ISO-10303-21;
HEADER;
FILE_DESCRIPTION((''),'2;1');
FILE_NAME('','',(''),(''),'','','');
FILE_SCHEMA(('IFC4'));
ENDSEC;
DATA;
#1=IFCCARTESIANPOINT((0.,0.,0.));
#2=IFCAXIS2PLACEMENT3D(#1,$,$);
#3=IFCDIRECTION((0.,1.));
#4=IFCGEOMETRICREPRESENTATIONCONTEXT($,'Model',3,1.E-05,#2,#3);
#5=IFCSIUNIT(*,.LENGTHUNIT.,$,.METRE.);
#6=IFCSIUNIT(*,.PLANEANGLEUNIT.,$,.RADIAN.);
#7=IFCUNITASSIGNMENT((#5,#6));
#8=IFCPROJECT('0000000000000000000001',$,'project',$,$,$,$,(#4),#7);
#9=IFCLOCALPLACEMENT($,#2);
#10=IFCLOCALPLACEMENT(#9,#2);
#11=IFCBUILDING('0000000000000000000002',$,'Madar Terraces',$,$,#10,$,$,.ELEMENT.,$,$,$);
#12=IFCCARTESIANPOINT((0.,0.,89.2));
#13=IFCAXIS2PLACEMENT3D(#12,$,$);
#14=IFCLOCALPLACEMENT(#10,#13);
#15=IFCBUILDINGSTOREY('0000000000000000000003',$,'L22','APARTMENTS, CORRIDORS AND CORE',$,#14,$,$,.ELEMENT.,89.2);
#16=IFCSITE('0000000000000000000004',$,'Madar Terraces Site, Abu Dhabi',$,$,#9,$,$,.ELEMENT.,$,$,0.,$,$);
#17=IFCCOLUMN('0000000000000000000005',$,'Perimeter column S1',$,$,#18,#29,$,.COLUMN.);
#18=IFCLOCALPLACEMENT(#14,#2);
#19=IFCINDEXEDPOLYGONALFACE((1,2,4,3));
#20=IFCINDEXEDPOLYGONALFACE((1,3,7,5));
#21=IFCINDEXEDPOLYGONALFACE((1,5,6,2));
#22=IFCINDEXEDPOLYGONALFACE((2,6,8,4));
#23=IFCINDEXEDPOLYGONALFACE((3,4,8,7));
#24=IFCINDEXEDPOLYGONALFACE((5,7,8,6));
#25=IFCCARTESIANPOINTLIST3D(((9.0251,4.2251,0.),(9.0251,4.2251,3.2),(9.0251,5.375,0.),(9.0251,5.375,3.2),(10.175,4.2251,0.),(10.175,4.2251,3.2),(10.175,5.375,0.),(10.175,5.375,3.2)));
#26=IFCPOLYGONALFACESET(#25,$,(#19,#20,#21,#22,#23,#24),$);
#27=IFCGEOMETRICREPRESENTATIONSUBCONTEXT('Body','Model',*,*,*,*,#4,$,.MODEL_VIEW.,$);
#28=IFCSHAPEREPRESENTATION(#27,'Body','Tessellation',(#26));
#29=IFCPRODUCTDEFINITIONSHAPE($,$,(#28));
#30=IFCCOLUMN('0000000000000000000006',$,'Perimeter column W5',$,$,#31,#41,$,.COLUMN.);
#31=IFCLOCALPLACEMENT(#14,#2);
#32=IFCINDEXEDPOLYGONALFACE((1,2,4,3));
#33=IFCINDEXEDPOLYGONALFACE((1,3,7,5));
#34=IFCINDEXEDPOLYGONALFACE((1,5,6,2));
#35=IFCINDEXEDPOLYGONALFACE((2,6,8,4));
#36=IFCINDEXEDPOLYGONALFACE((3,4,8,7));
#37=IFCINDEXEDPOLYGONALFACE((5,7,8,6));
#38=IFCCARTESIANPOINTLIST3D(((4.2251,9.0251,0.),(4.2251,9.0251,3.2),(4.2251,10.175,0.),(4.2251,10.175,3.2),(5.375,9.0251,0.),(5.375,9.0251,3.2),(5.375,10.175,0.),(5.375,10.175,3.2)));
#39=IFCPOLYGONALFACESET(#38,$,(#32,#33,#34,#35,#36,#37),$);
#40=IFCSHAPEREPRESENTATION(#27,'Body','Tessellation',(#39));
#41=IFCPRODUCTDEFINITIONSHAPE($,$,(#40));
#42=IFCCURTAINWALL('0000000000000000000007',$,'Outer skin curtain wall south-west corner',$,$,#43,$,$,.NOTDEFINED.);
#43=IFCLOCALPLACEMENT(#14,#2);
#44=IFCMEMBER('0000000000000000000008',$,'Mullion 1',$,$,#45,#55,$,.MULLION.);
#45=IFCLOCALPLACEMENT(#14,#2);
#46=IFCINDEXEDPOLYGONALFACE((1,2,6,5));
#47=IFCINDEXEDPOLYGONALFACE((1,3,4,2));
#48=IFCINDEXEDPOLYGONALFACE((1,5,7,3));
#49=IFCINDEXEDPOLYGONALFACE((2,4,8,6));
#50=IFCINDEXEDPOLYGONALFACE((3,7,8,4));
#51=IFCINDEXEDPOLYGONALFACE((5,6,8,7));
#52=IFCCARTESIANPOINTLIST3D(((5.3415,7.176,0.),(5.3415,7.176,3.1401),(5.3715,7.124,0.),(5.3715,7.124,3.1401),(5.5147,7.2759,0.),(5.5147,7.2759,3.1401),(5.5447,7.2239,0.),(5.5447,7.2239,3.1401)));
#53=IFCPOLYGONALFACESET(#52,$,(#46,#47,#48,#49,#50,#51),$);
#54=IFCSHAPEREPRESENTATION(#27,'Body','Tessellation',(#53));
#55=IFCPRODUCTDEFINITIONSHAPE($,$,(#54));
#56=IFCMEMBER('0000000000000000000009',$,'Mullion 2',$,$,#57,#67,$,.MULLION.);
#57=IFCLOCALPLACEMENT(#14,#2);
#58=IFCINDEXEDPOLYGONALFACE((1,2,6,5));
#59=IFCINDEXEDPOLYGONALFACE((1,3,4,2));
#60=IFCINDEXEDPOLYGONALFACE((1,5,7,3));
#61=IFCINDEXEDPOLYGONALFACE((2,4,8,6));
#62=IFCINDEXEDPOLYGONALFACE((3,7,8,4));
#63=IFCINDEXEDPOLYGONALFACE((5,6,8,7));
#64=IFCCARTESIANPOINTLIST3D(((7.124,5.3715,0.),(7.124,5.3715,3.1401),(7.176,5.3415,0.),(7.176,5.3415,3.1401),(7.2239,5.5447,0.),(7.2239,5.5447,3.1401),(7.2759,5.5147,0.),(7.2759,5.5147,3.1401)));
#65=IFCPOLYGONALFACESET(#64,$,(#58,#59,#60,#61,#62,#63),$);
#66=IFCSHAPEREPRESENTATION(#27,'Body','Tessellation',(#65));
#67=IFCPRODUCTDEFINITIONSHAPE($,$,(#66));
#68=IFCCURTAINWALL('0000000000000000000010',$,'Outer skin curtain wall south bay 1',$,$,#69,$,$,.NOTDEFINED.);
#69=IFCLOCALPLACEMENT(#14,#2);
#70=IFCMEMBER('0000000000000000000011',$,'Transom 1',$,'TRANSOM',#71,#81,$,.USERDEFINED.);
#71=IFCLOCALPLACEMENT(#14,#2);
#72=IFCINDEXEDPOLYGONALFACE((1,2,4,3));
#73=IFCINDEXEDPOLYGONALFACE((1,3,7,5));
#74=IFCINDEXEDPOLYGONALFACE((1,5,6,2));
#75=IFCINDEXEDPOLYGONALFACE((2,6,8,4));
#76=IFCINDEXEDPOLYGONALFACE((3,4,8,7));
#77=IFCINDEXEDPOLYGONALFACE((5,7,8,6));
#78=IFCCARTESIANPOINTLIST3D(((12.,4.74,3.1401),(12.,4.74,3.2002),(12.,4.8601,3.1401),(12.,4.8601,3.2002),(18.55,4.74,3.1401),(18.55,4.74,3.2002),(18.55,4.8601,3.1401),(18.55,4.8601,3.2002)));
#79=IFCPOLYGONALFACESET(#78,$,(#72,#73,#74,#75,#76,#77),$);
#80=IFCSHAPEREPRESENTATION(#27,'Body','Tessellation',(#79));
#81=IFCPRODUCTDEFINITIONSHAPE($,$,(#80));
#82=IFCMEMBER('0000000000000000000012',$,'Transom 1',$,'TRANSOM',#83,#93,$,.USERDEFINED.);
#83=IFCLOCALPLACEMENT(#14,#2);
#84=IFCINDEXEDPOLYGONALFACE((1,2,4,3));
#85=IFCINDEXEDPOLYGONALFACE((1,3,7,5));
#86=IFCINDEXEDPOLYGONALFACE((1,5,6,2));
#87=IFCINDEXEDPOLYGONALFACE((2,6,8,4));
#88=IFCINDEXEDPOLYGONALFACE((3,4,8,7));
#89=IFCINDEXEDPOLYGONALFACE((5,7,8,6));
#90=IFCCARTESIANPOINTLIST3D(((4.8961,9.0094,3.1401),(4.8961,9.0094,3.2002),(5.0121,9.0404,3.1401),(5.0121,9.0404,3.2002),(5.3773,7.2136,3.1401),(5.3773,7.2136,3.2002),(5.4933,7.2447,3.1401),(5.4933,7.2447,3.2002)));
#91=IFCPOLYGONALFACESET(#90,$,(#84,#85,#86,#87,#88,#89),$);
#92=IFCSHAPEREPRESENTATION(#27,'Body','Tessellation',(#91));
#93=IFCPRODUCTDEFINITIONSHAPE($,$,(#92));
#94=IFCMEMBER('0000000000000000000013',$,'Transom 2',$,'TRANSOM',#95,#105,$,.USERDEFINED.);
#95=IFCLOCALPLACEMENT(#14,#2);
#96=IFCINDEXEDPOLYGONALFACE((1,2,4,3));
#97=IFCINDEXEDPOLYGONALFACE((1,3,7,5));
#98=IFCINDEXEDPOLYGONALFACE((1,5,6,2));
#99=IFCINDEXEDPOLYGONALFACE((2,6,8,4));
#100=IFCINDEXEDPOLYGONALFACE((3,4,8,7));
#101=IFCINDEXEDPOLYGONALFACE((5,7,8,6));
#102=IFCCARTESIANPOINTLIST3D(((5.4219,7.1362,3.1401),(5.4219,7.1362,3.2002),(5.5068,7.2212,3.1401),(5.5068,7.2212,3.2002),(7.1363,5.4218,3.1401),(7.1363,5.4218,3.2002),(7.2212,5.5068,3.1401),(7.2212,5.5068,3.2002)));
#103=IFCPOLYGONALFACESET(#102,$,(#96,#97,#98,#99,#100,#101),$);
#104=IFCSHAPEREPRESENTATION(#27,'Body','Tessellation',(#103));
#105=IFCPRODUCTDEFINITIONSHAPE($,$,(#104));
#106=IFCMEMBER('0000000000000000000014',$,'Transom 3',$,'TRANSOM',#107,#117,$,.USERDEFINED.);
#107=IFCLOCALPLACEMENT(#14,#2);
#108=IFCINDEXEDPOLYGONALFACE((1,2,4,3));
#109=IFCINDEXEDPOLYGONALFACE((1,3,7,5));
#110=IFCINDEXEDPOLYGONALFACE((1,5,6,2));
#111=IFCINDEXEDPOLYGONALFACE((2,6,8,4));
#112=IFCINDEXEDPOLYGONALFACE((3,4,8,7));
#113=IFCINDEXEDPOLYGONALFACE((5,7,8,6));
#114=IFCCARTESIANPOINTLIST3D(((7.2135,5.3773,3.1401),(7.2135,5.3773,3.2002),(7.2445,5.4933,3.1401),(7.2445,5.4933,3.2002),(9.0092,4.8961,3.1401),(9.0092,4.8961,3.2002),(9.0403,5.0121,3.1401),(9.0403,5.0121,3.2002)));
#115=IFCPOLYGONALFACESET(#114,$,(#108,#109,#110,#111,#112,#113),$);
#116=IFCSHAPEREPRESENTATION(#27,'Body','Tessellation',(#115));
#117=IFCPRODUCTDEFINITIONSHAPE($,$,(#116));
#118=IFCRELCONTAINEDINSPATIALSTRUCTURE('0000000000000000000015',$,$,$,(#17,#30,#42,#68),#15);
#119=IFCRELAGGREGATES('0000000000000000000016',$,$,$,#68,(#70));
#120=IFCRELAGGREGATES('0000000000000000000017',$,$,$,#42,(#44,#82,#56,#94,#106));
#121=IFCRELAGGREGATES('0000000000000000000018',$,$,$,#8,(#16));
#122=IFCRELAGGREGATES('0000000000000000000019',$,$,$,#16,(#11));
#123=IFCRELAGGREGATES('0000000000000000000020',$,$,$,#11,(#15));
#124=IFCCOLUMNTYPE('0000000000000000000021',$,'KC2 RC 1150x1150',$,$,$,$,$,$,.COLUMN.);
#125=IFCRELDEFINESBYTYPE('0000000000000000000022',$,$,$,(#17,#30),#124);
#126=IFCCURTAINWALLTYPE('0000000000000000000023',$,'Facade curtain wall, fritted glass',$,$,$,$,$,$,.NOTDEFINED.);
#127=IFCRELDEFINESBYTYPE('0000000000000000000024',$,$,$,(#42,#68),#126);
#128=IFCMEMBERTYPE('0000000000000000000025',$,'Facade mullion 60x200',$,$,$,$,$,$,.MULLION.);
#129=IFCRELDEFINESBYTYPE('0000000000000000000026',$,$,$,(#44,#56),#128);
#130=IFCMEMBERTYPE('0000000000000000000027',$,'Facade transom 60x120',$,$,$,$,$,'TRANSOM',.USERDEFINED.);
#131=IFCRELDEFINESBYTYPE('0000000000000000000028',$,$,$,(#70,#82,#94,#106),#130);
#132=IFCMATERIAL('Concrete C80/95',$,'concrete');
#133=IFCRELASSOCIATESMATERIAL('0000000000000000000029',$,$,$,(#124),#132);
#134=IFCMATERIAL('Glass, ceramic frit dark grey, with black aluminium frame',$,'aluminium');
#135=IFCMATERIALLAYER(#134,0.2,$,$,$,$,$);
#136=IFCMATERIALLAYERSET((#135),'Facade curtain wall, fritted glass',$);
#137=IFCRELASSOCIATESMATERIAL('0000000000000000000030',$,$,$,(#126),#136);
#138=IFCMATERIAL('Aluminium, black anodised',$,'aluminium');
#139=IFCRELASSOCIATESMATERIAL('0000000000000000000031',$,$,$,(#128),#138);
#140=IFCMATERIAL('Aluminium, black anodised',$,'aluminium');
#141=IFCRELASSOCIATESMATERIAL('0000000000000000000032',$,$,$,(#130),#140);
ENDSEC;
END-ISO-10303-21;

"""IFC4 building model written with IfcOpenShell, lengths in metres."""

from ifc_helpers import new_model, si_unit, direction, frame, origin, origin_2d, place, context, subcontext, project, spatial, rectangle, extrude, material, layer, layer_set, material_profile, profile_set, type_object, element, aggregate, save


model = new_model("IFC4")

# Units and contexts
model_context = context("Model", 3, precision=1e-05, world=origin(), true_north=direction((0.0, 1.0)))
body_context = subcontext(model_context, "Body", "Model", "MODEL_VIEW")
ifc_project = project(units=[si_unit("LENGTHUNIT", "METRE"), si_unit("PLANEANGLEUNIT", "RADIAN")], contexts=[model_context])

# Site, building, storey
site_placement = place(None, origin())
site = spatial("IfcSite", under=ifc_project, at=site_placement, Name="Madar Terraces Site, Abu Dhabi", CompositionType="ELEMENT", RefElevation=0.0)
building_placement = place(site_placement, origin())
building = spatial("IfcBuilding", under=site, at=building_placement, Name="Madar Terraces", CompositionType="ELEMENT")
storey_placement = place(building_placement, frame((0.0, 0.0, 89.2)))
storey = spatial("IfcBuildingStorey", under=building, at=storey_placement, Name="L22", Description="APARTMENTS, CORRIDORS AND CORE", CompositionType="ELEMENT", Elevation=89.2)

# Columns
ifc_material_1 = material(Name="Concrete C80/95", Category="concrete")
ifc_material_profile_1 = material_profile(ifc_material_1, rectangle(XDim=1.1499, YDim=1.1499, at=origin_2d()), Name="KC2 RC 1150x1150")
ifc_profile_set_1 = profile_set([ifc_material_profile_1], Name="Concrete C80/95")
column_type = type_object("IfcColumnType", Name="KC2 RC 1150x1150", PredefinedType="COLUMN", material=ifc_profile_set_1)
for number, where, z_axis, x_axis, name in (
    (1, (9.6001, 4.8, 0.0), (0.0, 0.0, 1.0), (1.0, 0.0, 0.0), "Perimeter column S1"),
    (2, (4.8, 9.6001, 0.0), (0.0, 0.0, 1.0), (1.0, 0.0, 0.0), "Perimeter column W5"),
):
    element("IfcColumn", number, at=place(storey_placement, frame(where, z_axis=z_axis, x_axis=x_axis)), inside=storey, type_object=column_type, Name=name, PredefinedType="COLUMN", context=body_context, shape_type="SweptSolid", body=[
        extrude(rectangle(XDim=1.1499, YDim=1.1499, at=origin_2d()), origin(), (0.0, 0.0, 1.0), 3.2),
    ])

# Curtain wall, members
ifc_material_2 = material(Name="Glass, ceramic frit dark grey, with black aluminium frame", Category="aluminium")
ifc_layer_1 = layer(ifc_material_2, 0.2)
ifc_layer_set_1 = layer_set([ifc_layer_1], Name="Facade curtain wall, fritted glass")
curtain_wall_type = type_object("IfcCurtainWallType", Name="Facade curtain wall, fritted glass", PredefinedType="NOTDEFINED", material=ifc_layer_set_1)
curtain_wall_1_placement = place(storey_placement, origin())
curtain_wall_1 = element("IfcCurtainWall", 3, at=curtain_wall_1_placement, inside=storey, type_object=curtain_wall_type, Name="Outer skin curtain wall south-west corner", PredefinedType="NOTDEFINED")
ifc_material_3 = material(Name="Aluminium, black anodised", Category="aluminium")
ifc_material_profile_2 = material_profile(ifc_material_3, rectangle(XDim=0.2, YDim=0.0601, at=origin_2d()), Name="Facade mullion 60x200")
ifc_profile_set_2 = profile_set([ifc_material_profile_2], Name="Aluminium, black anodised")
member_type_1 = type_object("IfcMemberType", Name="Facade mullion 60x200", PredefinedType="MULLION", material=ifc_profile_set_2)
member_1_placement = place(storey_placement, frame((5.4431, 7.2, 0.0), z_axis=(0.0, 0.0, 1.0), x_axis=(0.866025, 0.5, 0.0)))
member_1 = element("IfcMember", 4, at=member_1_placement, type_object=member_type_1, Name="Mullion 1", PredefinedType="MULLION", context=body_context, shape_type="SweptSolid", body=[
    extrude(rectangle(XDim=0.2, YDim=0.0601, at=origin_2d()), origin(), (0.0, 0.0, 1.0), 3.1401),
])
member_2_placement = place(storey_placement, frame((7.2, 5.4431, 0.0), z_axis=(0.0, 0.0, 1.0), x_axis=(0.5, 0.866025, 0.0)))
member_2 = element("IfcMember", 5, at=member_2_placement, type_object=member_type_1, Name="Mullion 2", PredefinedType="MULLION", context=body_context, shape_type="SweptSolid", body=[
    extrude(rectangle(XDim=0.2, YDim=0.0601, at=origin_2d()), origin(), (0.0, 0.0, 1.0), 3.1401),
])

# Curtain wall, member
curtain_wall_2_placement = place(storey_placement, origin())
curtain_wall_2 = element("IfcCurtainWall", 6, at=curtain_wall_2_placement, inside=storey, type_object=curtain_wall_type, Name="Outer skin curtain wall south bay 1", PredefinedType="NOTDEFINED")
ifc_material_4 = material(Name="Aluminium, black anodised", Category="aluminium")
ifc_material_profile_3 = material_profile(ifc_material_4, rectangle(XDim=0.1201, YDim=0.0601, at=origin_2d()), Name="Facade transom 60x120")
ifc_profile_set_3 = profile_set([ifc_material_profile_3], Name="Aluminium, black anodised")
member_type_2 = type_object("IfcMemberType", Name="Facade transom 60x120", ElementType="TRANSOM", PredefinedType="USERDEFINED", material=ifc_profile_set_3)
member_3_placement = place(storey_placement, frame((12.0, 4.8, 3.1702), z_axis=(1.0, 0.0, 0.0), x_axis=(0.0, 1.0, 0.0)))
member_3 = element("IfcMember", 7, at=member_3_placement, type_object=member_type_2, Name="Transom 1", ObjectType="TRANSOM", PredefinedType="USERDEFINED", context=body_context, shape_type="SweptSolid", body=[
    extrude(rectangle(XDim=0.1201, YDim=0.0601, at=origin_2d()), origin(), (0.0, 0.0, 1.0), 6.55),
])

# Members
member_4_placement = place(storey_placement, frame((4.9541, 9.0249, 3.1702), z_axis=(0.258815, -0.965927, 0.0), x_axis=(0.965927, 0.258815, 0.0)))
member_4 = element("IfcMember", 8, at=member_4_placement, type_object=member_type_2, Name="Transom 1", ObjectType="TRANSOM", PredefinedType="USERDEFINED", context=body_context, shape_type="SweptSolid", body=[
    extrude(rectangle(XDim=0.1201, YDim=0.0601, at=origin_2d()), origin(), (0.0, 0.0, 1.0), 1.8591),
])
member_5_placement = place(storey_placement, frame((5.4644, 7.1787, 3.1702), z_axis=(0.707107, -0.707107, 0.0), x_axis=(0.707107, 0.707107, 0.0)))
member_5 = element("IfcMember", 9, at=member_5_placement, type_object=member_type_2, Name="Transom 2", ObjectType="TRANSOM", PredefinedType="USERDEFINED", context=body_context, shape_type="SweptSolid", body=[
    extrude(rectangle(XDim=0.1201, YDim=0.0601, at=origin_2d()), origin(), (0.0, 0.0, 1.0), 2.4246),
])
member_6_placement = place(storey_placement, frame((7.229, 5.4353, 3.1702), z_axis=(0.965927, -0.258815, 0.0), x_axis=(0.258815, 0.965927, 0.0)))
member_6 = element("IfcMember", 10, at=member_6_placement, type_object=member_type_2, Name="Transom 3", ObjectType="TRANSOM", PredefinedType="USERDEFINED", context=body_context, shape_type="SweptSolid", body=[
    extrude(rectangle(XDim=0.1201, YDim=0.0601, at=origin_2d()), origin(), (0.0, 0.0, 1.0), 1.8591),
])

aggregate(curtain_wall_2, [member_3])
aggregate(curtain_wall_1, [member_1, member_4, member_2, member_5, member_6])

save(model, "model.ifc")
